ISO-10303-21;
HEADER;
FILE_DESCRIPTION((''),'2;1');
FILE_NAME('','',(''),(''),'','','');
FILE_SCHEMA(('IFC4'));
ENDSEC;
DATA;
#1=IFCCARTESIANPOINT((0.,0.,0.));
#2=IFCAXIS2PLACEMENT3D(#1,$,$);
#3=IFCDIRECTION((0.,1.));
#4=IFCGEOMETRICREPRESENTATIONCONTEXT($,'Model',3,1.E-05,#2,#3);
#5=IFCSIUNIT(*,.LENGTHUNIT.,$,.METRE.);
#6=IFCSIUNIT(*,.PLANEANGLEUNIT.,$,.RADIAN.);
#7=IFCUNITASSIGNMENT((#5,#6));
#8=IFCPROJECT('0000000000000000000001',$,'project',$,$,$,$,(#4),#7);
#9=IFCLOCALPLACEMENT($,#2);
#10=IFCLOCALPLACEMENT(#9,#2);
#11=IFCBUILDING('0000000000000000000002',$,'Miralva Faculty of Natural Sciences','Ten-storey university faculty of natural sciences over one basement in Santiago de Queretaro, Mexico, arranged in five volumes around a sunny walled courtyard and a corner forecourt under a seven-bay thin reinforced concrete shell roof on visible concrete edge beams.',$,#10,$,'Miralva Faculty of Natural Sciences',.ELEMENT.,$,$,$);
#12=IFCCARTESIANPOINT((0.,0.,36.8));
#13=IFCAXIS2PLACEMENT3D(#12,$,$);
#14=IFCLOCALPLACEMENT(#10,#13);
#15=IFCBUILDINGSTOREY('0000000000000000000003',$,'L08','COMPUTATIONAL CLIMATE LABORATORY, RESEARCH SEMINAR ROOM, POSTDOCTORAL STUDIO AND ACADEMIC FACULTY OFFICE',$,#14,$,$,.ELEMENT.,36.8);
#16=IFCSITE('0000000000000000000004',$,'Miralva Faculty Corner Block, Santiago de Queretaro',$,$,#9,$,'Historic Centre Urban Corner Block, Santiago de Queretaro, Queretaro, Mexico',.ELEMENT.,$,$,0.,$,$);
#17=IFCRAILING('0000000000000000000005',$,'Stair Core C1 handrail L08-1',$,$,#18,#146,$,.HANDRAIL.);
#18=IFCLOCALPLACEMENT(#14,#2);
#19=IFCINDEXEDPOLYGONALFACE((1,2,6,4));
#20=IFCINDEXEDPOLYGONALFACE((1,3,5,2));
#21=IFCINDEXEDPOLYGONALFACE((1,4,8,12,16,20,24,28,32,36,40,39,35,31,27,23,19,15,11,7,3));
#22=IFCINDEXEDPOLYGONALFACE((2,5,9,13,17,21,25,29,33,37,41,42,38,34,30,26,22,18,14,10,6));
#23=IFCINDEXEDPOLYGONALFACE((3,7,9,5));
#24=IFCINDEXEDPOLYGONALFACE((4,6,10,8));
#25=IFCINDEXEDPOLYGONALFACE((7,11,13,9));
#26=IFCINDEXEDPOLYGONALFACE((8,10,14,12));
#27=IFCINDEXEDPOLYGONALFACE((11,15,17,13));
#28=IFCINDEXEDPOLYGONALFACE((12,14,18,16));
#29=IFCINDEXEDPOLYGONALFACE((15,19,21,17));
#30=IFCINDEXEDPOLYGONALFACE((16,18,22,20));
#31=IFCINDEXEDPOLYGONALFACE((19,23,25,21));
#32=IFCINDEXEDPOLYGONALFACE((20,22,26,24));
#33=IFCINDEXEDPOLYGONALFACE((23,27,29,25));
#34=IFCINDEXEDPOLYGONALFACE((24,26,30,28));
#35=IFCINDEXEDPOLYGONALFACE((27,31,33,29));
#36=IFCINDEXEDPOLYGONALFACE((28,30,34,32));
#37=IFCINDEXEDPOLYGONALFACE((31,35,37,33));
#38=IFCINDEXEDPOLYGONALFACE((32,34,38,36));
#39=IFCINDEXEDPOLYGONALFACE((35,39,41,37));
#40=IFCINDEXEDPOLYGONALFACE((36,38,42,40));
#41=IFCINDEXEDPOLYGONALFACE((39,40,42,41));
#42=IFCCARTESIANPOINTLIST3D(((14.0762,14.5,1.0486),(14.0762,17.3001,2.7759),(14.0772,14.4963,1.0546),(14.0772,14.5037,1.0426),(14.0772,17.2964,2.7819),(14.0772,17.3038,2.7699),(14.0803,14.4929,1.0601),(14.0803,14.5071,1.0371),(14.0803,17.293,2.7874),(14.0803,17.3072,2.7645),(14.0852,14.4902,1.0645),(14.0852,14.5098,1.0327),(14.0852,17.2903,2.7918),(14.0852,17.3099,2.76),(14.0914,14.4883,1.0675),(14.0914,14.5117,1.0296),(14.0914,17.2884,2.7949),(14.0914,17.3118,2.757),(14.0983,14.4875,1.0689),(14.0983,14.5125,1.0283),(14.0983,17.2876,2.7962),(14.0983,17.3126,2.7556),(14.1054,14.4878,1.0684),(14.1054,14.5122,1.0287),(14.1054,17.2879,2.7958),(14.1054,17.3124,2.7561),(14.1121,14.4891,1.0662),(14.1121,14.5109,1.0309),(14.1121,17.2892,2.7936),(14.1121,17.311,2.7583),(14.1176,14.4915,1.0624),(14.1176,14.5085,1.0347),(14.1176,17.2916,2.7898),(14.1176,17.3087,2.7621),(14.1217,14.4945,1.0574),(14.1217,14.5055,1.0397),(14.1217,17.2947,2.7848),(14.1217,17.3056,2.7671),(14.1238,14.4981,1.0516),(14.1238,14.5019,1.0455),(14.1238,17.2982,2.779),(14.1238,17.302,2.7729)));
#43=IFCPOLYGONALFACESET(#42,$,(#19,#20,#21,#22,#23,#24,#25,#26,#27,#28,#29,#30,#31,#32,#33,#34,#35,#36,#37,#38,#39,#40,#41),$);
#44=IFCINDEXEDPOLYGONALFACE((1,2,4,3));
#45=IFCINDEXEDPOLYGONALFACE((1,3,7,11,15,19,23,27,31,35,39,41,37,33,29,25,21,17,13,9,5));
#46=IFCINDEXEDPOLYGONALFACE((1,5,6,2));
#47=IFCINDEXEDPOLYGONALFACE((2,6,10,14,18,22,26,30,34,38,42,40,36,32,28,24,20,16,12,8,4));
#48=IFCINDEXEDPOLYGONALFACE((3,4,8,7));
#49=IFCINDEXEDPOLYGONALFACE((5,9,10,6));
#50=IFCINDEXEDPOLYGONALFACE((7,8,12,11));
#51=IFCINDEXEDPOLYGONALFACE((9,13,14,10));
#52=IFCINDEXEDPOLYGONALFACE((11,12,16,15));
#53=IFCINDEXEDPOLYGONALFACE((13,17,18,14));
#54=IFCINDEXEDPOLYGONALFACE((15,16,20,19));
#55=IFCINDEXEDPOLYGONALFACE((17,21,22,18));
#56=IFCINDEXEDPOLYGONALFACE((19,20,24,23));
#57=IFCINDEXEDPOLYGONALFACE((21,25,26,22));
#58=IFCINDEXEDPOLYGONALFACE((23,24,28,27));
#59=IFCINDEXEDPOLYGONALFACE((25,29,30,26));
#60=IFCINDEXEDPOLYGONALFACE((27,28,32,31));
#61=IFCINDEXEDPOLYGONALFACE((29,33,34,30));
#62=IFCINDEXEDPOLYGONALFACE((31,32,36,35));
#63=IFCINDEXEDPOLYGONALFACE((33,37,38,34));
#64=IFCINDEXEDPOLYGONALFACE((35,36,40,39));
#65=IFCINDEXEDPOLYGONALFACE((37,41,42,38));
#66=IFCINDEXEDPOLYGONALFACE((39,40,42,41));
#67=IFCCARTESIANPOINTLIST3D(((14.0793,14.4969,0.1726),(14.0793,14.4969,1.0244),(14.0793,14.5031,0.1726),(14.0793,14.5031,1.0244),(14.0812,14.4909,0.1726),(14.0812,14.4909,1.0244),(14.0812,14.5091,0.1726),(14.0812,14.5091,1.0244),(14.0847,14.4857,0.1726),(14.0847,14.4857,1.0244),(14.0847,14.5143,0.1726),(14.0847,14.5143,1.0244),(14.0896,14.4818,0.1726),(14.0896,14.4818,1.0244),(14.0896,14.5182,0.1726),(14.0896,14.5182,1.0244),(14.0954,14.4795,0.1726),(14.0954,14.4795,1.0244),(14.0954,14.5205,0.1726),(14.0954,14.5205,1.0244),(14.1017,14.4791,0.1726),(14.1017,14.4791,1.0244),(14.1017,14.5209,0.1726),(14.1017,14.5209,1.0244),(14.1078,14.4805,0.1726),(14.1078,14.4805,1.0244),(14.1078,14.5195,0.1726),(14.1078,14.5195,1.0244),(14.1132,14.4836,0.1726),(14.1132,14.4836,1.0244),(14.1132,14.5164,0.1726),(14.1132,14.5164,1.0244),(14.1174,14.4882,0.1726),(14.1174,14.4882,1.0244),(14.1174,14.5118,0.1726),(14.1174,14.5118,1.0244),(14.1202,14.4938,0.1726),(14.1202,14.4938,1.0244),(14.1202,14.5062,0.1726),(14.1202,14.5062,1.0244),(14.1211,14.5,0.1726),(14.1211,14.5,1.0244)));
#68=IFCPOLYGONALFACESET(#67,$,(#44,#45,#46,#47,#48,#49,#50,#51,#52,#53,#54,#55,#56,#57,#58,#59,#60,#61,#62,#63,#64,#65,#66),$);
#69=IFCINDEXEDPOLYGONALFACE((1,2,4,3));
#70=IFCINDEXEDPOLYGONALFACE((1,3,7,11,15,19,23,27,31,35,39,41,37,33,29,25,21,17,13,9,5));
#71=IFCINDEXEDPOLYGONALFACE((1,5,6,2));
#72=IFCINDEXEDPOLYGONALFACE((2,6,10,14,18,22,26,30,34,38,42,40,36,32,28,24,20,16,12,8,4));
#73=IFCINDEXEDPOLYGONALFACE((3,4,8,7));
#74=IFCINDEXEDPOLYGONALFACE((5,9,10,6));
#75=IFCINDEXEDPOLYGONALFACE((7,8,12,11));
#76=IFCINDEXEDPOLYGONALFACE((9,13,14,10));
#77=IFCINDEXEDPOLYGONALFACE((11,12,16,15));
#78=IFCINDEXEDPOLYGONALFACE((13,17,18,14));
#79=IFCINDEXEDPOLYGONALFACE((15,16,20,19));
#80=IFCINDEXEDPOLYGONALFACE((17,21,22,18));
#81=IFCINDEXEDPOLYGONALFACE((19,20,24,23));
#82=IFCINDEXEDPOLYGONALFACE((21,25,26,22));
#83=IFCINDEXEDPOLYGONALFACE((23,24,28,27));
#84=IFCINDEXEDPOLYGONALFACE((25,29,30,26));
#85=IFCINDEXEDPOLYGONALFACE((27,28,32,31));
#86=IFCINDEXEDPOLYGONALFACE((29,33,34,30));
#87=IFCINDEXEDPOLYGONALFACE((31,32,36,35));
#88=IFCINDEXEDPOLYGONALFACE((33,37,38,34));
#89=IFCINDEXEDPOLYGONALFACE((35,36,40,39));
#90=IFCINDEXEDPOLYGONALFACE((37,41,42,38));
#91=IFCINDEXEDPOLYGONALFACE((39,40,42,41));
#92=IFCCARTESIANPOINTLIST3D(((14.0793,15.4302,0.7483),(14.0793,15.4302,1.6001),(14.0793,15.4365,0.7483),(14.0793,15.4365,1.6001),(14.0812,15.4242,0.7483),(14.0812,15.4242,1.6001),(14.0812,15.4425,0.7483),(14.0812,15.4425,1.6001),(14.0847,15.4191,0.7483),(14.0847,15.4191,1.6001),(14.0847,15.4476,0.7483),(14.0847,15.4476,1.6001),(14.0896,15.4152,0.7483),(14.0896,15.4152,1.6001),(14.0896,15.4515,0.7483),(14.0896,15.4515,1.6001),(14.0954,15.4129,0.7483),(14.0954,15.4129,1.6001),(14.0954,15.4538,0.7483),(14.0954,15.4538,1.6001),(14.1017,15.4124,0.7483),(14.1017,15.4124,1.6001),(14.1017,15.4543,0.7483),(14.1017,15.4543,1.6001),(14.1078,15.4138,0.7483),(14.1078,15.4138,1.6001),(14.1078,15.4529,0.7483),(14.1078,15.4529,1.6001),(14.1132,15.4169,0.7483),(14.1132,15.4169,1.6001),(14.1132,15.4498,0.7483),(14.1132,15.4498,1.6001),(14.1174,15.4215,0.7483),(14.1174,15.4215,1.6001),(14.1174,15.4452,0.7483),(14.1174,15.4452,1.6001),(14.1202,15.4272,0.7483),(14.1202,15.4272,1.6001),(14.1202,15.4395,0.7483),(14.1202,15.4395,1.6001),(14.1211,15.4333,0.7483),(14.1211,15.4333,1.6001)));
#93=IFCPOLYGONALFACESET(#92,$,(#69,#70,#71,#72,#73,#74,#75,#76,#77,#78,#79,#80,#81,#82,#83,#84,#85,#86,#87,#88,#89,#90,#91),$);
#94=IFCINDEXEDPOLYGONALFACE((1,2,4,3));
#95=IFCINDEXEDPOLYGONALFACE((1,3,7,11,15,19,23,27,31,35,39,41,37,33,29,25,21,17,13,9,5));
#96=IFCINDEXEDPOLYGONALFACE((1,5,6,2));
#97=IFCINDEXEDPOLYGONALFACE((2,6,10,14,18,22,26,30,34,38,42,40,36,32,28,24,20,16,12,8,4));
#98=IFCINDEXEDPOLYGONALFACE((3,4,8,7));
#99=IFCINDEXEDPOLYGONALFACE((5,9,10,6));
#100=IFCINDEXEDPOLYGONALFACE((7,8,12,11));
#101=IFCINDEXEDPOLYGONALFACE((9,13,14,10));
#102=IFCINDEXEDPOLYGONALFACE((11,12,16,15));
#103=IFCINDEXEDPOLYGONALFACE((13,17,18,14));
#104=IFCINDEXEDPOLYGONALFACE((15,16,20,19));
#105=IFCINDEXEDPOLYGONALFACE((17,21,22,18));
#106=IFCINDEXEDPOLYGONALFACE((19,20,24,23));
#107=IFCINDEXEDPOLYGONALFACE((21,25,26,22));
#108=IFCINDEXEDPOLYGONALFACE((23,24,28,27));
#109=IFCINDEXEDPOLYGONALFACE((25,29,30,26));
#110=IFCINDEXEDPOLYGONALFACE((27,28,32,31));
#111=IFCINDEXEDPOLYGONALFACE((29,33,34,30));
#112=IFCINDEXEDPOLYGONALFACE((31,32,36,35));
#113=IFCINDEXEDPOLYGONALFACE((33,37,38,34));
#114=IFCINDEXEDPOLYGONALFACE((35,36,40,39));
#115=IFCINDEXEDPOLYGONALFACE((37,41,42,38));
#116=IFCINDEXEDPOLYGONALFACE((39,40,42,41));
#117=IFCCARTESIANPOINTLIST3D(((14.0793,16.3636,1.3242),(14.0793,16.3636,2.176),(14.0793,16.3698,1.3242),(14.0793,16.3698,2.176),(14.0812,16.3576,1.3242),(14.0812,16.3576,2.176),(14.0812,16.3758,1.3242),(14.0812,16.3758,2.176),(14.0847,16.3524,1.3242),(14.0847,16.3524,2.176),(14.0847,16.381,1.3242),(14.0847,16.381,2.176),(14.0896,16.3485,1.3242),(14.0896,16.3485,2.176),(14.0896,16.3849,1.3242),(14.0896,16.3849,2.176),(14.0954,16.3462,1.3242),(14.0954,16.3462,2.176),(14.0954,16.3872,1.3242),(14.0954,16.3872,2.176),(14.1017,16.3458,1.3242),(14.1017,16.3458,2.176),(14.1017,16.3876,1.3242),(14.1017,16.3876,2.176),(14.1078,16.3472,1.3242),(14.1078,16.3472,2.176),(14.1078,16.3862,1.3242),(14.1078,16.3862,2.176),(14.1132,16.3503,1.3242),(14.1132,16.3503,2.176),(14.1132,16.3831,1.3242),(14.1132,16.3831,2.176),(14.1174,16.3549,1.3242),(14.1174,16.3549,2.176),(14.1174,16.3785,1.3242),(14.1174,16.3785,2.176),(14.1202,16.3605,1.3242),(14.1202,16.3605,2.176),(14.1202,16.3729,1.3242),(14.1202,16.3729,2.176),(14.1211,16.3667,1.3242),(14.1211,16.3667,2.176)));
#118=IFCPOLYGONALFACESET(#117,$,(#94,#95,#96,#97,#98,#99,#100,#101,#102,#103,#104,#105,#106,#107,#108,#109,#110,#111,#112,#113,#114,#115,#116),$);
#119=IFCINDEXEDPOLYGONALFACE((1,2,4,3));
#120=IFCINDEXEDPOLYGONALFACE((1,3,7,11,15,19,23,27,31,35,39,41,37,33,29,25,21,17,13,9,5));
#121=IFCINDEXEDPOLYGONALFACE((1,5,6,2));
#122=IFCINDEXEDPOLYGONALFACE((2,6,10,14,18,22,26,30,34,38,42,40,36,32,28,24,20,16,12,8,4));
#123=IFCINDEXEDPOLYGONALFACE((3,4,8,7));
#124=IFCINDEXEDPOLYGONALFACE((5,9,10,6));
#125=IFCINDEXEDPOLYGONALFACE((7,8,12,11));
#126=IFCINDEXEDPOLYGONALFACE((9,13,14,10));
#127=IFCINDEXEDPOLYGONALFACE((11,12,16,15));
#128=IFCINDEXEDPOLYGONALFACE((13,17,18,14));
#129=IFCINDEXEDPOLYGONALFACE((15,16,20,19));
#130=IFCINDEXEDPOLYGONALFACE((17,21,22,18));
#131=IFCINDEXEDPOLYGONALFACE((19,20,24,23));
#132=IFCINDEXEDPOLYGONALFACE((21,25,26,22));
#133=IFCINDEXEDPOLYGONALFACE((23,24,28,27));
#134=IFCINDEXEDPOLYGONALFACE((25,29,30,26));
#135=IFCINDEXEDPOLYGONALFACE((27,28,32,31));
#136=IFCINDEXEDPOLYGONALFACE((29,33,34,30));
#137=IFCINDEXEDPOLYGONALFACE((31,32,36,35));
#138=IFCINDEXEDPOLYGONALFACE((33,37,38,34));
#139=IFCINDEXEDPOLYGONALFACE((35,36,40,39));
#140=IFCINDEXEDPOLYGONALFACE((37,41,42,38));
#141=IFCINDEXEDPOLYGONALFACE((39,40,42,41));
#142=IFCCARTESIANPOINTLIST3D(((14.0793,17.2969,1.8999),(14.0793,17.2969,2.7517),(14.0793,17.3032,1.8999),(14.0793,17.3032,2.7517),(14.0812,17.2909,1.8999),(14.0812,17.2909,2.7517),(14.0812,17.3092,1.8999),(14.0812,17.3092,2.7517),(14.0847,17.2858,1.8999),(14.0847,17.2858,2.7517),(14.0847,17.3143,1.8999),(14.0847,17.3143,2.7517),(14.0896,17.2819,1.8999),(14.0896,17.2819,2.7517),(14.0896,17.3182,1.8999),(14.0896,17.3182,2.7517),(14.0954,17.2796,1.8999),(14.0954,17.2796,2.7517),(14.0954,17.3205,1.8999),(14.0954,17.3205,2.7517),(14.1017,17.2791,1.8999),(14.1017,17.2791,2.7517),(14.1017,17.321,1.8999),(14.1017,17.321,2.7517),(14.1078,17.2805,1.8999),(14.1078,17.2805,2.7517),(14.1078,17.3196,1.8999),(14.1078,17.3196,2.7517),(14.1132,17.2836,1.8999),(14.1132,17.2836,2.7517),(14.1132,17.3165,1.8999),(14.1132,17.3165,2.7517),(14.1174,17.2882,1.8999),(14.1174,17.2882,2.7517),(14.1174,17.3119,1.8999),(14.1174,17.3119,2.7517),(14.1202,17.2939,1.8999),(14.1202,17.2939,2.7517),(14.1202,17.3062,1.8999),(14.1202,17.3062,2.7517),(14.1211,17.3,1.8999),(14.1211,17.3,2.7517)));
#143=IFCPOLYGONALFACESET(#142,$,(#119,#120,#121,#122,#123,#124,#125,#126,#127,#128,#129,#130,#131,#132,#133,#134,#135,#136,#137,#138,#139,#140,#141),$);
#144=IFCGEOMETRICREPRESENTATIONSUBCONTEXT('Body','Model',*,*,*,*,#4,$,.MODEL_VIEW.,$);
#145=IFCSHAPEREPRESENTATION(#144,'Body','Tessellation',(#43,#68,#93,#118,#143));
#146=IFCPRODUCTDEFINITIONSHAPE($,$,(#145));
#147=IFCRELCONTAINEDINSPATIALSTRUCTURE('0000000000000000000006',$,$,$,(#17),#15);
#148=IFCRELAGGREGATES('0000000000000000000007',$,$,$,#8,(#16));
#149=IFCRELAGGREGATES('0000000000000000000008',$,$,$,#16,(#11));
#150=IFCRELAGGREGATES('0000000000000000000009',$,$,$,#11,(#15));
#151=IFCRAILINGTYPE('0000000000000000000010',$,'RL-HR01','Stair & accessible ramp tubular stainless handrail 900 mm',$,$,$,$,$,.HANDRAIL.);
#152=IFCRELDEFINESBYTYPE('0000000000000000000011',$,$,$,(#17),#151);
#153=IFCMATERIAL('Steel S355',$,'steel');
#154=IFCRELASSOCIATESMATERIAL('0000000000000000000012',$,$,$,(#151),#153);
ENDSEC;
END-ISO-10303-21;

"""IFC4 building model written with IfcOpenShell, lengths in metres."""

from ifc_helpers import new_model, si_unit, direction, frame, origin, origin_2d, place, context, subcontext, project, spatial, circle, extrude, material, type_object, element, save


model = new_model("IFC4")

# Units and contexts
model_context = context("Model", 3, precision=1e-05, world=origin(), true_north=direction((0.0, 1.0)))
body_context = subcontext(model_context, "Body", "Model", "MODEL_VIEW")
ifc_project = project(units=[si_unit("LENGTHUNIT", "METRE"), si_unit("PLANEANGLEUNIT", "RADIAN")], contexts=[model_context])

# Site, building, storey
site_placement = place(None, origin())
site = spatial("IfcSite", under=ifc_project, at=site_placement, Name="Miralva Faculty Corner Block, Santiago de Queretaro", LongName="Historic Centre Urban Corner Block, Santiago de Queretaro, Queretaro, Mexico", CompositionType="ELEMENT", RefElevation=0.0)
building_placement = place(site_placement, origin())
building = spatial("IfcBuilding", under=site, at=building_placement, Name="Miralva Faculty of Natural Sciences", Description="Ten-storey university faculty of natural sciences over one basement in Santiago de Queretaro, Mexico, arranged in five volumes around a sunny walled courtyard and a corner forecourt under a seven-bay thin reinforced concrete shell roof on visible concrete edge beams.", LongName="Miralva Faculty of Natural Sciences", CompositionType="ELEMENT")
storey_placement = place(building_placement, frame((0.0, 0.0, 36.8)))
storey = spatial("IfcBuildingStorey", under=building, at=storey_placement, Name="L08", Description="COMPUTATIONAL CLIMATE LABORATORY, RESEARCH SEMINAR ROOM, POSTDOCTORAL STUDIO AND ACADEMIC FACULTY OFFICE", CompositionType="ELEMENT", Elevation=36.8)

# Railing
ifc_material_1 = material(Name="Steel S355", Category="steel")
railing_type_1 = type_object("IfcRailingType", Name="RL-HR01", Description="Stair & accessible ramp tubular stainless handrail 900 mm", PredefinedType="HANDRAIL", material=ifc_material_1)
railing_1_placement = place(storey_placement, frame((14.1001, 14.5, 0.1726)))
element("IfcRailing", 1, at=railing_1_placement, inside=storey, type_object=railing_type_1, Name="Stair Core C1 handrail L08-1", PredefinedType="HANDRAIL", context=body_context, shape_type="SweptSolid", body=[
    extrude(circle(Radius=0.0239, at=origin_2d()), frame((0.0, 0.0, 0.876), z_axis=(0.0, 0.85109, 0.52502), x_axis=(-1.0, 0.0, 0.0)), (0.0, 0.0, 1.0), 3.29),
    extrude(circle(Radius=0.021, at=origin_2d()), origin(), (0.0, 0.0, 1.0), 0.8518),
    extrude(circle(Radius=0.021, at=origin_2d()), frame((0.0, 0.9333, 0.5757)), (0.0, 0.0, 1.0), 0.8518),
    extrude(circle(Radius=0.021, at=origin_2d()), frame((0.0, 1.8667, 1.1516)), (0.0, 0.0, 1.0), 0.8518),
    extrude(circle(Radius=0.021, at=origin_2d()), frame((0.0, 2.8, 1.7273)), (0.0, 0.0, 1.0), 0.8518),
])

save(model, "model.ifc")
